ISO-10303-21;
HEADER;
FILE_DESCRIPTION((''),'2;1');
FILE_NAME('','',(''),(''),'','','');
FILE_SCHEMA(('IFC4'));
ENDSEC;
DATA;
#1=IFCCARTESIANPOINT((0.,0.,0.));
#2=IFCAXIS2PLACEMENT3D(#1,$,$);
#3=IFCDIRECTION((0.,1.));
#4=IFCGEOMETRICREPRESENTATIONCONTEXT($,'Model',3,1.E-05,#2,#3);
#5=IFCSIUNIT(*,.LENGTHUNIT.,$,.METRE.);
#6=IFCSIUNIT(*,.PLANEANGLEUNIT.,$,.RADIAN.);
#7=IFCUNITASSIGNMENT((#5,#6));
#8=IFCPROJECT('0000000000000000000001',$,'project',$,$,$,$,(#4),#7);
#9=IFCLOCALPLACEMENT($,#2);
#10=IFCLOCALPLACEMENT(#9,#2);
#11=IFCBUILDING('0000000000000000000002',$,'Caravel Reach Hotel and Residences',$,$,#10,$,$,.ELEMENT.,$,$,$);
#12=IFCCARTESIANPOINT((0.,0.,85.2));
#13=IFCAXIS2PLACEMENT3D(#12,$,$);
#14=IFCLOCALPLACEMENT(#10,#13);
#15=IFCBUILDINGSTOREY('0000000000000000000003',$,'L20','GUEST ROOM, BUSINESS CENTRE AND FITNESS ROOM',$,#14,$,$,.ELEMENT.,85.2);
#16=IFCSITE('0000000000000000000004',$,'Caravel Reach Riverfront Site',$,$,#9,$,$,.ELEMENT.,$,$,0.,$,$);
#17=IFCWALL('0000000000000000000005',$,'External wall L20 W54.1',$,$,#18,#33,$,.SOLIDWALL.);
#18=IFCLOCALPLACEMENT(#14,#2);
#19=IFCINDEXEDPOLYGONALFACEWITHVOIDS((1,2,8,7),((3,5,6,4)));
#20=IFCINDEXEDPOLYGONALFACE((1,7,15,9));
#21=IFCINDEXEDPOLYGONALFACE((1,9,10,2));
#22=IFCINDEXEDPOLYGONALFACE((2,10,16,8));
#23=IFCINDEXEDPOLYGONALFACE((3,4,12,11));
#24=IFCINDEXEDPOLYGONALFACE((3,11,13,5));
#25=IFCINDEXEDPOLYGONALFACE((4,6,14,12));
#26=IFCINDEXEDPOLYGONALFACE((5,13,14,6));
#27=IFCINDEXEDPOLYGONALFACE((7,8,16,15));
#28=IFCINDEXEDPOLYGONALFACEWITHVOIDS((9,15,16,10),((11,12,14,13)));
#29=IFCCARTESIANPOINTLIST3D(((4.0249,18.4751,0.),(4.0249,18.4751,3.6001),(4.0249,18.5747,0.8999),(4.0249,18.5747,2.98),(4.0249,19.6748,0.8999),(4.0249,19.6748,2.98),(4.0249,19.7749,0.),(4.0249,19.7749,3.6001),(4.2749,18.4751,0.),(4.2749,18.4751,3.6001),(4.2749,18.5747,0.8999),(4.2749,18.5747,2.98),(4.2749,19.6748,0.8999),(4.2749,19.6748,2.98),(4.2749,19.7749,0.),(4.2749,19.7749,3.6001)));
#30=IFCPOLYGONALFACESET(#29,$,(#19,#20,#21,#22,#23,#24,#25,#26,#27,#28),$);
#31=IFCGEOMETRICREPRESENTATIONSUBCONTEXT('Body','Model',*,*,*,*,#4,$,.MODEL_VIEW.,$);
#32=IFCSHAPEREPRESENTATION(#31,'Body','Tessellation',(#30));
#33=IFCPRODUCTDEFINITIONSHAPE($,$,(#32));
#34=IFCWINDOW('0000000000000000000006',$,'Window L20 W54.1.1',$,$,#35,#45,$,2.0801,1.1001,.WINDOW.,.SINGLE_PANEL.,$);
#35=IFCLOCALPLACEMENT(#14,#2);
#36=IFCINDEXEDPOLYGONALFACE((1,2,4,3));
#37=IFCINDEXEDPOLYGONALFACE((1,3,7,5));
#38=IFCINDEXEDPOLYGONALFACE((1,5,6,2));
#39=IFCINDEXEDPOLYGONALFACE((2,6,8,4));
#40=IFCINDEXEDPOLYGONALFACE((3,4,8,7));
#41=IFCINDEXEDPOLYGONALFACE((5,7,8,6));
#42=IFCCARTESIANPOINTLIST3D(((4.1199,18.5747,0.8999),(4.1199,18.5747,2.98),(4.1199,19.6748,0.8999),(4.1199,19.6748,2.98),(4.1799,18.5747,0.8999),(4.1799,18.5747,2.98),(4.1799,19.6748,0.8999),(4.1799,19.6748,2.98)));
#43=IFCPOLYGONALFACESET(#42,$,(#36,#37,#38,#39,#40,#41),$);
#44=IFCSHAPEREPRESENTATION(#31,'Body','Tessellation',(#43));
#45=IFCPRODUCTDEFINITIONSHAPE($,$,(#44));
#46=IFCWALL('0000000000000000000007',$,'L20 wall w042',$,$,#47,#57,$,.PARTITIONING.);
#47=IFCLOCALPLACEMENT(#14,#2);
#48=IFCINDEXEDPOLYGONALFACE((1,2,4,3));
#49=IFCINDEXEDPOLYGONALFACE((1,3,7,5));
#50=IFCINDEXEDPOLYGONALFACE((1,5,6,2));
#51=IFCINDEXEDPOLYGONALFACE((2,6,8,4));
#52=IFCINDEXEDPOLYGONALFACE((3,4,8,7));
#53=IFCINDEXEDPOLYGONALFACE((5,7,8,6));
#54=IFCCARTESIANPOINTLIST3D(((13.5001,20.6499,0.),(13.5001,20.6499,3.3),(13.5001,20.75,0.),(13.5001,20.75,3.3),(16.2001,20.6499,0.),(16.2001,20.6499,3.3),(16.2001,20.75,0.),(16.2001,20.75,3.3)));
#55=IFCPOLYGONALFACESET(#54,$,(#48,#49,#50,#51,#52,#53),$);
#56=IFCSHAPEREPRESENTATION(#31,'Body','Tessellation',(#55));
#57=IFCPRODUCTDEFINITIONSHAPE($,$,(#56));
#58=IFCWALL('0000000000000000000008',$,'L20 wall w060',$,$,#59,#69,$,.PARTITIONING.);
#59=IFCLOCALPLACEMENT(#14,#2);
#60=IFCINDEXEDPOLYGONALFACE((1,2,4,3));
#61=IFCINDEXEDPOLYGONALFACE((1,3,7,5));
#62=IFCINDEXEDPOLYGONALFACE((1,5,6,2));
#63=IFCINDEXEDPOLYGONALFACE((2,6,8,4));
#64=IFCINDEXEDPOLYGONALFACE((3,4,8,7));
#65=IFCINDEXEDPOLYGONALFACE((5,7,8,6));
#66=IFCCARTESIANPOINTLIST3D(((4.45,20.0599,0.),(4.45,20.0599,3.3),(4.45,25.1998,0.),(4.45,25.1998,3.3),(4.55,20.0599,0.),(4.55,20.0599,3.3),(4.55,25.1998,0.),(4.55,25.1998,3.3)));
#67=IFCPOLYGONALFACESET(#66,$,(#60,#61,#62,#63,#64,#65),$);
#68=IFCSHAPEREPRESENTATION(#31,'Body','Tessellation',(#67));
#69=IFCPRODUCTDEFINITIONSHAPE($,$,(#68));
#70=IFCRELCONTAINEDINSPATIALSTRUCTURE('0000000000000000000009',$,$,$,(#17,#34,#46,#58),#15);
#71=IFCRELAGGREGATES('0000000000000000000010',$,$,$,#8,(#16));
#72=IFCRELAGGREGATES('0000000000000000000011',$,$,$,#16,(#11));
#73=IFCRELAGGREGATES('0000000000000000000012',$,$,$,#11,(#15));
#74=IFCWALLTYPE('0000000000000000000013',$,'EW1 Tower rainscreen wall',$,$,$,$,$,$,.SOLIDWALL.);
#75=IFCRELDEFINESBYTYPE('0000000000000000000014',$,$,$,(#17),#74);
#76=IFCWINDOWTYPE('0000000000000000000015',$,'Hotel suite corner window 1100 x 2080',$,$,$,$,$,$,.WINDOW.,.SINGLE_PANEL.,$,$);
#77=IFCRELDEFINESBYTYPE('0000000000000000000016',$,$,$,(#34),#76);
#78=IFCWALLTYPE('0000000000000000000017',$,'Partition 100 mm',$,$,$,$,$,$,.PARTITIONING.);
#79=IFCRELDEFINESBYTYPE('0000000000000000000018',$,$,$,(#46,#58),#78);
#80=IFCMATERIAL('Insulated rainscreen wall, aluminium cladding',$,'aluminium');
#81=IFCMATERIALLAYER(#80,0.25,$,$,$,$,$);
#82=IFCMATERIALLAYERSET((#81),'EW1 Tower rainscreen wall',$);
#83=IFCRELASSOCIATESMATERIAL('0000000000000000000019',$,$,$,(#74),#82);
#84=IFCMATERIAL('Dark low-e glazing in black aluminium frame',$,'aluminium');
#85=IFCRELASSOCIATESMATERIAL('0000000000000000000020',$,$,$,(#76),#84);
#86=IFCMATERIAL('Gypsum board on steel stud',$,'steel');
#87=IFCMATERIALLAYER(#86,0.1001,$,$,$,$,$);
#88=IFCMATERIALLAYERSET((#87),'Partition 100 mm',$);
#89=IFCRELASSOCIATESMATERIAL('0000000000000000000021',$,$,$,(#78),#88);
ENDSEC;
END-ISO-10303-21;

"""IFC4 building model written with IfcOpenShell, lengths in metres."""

from ifc_helpers import new_model, si_unit, direction, frame, frame_2d, origin, place, context, subcontext, project, spatial, rectangle, extrude, material, layer, layer_set, type_object, element, fill, save


model = new_model("IFC4")

# Units and contexts
model_context = context("Model", 3, precision=1e-05, world=origin(), true_north=direction((0.0, 1.0)))
body_context = subcontext(model_context, "Body", "Model", "MODEL_VIEW")
ifc_project = project(units=[si_unit("LENGTHUNIT", "METRE"), si_unit("PLANEANGLEUNIT", "RADIAN")], contexts=[model_context])

# Site, building, storey
site_placement = place(None, origin())
site = spatial("IfcSite", under=ifc_project, at=site_placement, Name="Caravel Reach Riverfront Site", CompositionType="ELEMENT", RefElevation=0.0)
building_placement = place(site_placement, origin())
building = spatial("IfcBuilding", under=site, at=building_placement, Name="Caravel Reach Hotel and Residences", CompositionType="ELEMENT")
storey_placement = place(building_placement, frame((0.0, 0.0, 85.2)))
storey = spatial("IfcBuildingStorey", under=building, at=storey_placement, Name="L20", Description="GUEST ROOM, BUSINESS CENTRE AND FITNESS ROOM", CompositionType="ELEMENT", Elevation=85.2)

# Wall, opening, window
ifc_material_1 = material(Name="Insulated rainscreen wall, aluminium cladding", Category="aluminium")
ifc_layer_1 = layer(ifc_material_1, 0.25)
ifc_layer_set_1 = layer_set([ifc_layer_1], Name="EW1 Tower rainscreen wall")
wall_type_1 = type_object("IfcWallType", Name="EW1 Tower rainscreen wall", PredefinedType="SOLIDWALL", material=ifc_layer_set_1)
wall_1_placement = place(storey_placement, frame((4.1499, 19.7749, 0.0), z_axis=(0.0, 0.0, 1.0), x_axis=(0.0, -1.0, 0.0)))
wall_1 = element("IfcWall", 1, at=wall_1_placement, inside=storey, type_object=wall_type_1, Name="External wall L20 W54.1", PredefinedType="SOLIDWALL", context=body_context, shape_type="SweptSolid", body=[
    extrude(rectangle(XDim=1.2998, YDim=0.25, at=frame_2d((0.6499, 0.0))), origin(), (0.0, 0.0, 1.0), 3.6001),
])
opening_1_placement = place(wall_1_placement, frame((0.1001, 0.0, 0.8999)))
opening_1 = element("IfcOpeningElement", 2, at=opening_1_placement, cuts=wall_1, PredefinedType="OPENING", context=body_context, shape_type="SweptSolid", body=[
    extrude(rectangle(XDim=1.1001, YDim=2.0801, at=frame_2d((0.55, 1.04))), frame((0.0, 0.135, 0.0), z_axis=(0.0, -1.0, 0.0), x_axis=(1.0, 0.0, 0.0)), (0.0, 0.0, 1.0), 0.27),
])
ifc_material_2 = material(Name="Dark low-e glazing in black aluminium frame", Category="aluminium")
window_type = type_object("IfcWindowType", Name="Hotel suite corner window 1100 x 2080", PartitioningType="SINGLE_PANEL", PredefinedType="WINDOW", material=ifc_material_2)
window_placement = place(opening_1_placement, origin())
window = element("IfcWindow", 3, at=window_placement, inside=storey, type_object=window_type, Name="Window L20 W54.1.1", OverallHeight=2.0801, OverallWidth=1.1001, PartitioningType="SINGLE_PANEL", PredefinedType="WINDOW", context=body_context, shape_type="SweptSolid", body=[
    extrude(rectangle(XDim=1.1001, YDim=2.0801, at=frame_2d((0.55, 1.04))), frame((0.0, 0.03, 0.0), z_axis=(0.0, -1.0, 0.0), x_axis=(1.0, 0.0, 0.0)), (0.0, 0.0, 1.0), 0.0601),
])
fill(opening_1, window)

# Walls
ifc_material_3 = material(Name="Gypsum board on steel stud", Category="steel")
ifc_layer_2 = layer(ifc_material_3, 0.1001)
ifc_layer_set_2 = layer_set([ifc_layer_2], Name="Partition 100 mm")
wall_type_2 = type_object("IfcWallType", Name="Partition 100 mm", PredefinedType="PARTITIONING", material=ifc_layer_set_2)
wall_2_placement = place(storey_placement, frame((13.5, 20.7, 0.0), z_axis=(0.0, 0.0, 1.0), x_axis=(1.0, 0.0, 0.0)))
element("IfcWall", 4, at=wall_2_placement, inside=storey, type_object=wall_type_2, Name="L20 wall w042", PredefinedType="PARTITIONING", context=body_context, shape_type="SweptSolid", body=[
    extrude(rectangle(XDim=2.7, YDim=0.1001, at=frame_2d((1.3501, 0.0))), origin(), (0.0, 0.0, 1.0), 3.3),
])
wall_3_placement = place(storey_placement, frame((4.5, 20.0601, 0.0), z_axis=(0.0, 0.0, 1.0), x_axis=(0.0, 1.0, 0.0)))
element("IfcWall", 5, at=wall_3_placement, inside=storey, type_object=wall_type_2, Name="L20 wall w060", PredefinedType="PARTITIONING", context=body_context, shape_type="SweptSolid", body=[
    extrude(rectangle(XDim=5.1399, YDim=0.1001, at=frame_2d((2.5698, 0.0))), origin(), (0.0, 0.0, 1.0), 3.3),
])

save(model, "model.ifc")
